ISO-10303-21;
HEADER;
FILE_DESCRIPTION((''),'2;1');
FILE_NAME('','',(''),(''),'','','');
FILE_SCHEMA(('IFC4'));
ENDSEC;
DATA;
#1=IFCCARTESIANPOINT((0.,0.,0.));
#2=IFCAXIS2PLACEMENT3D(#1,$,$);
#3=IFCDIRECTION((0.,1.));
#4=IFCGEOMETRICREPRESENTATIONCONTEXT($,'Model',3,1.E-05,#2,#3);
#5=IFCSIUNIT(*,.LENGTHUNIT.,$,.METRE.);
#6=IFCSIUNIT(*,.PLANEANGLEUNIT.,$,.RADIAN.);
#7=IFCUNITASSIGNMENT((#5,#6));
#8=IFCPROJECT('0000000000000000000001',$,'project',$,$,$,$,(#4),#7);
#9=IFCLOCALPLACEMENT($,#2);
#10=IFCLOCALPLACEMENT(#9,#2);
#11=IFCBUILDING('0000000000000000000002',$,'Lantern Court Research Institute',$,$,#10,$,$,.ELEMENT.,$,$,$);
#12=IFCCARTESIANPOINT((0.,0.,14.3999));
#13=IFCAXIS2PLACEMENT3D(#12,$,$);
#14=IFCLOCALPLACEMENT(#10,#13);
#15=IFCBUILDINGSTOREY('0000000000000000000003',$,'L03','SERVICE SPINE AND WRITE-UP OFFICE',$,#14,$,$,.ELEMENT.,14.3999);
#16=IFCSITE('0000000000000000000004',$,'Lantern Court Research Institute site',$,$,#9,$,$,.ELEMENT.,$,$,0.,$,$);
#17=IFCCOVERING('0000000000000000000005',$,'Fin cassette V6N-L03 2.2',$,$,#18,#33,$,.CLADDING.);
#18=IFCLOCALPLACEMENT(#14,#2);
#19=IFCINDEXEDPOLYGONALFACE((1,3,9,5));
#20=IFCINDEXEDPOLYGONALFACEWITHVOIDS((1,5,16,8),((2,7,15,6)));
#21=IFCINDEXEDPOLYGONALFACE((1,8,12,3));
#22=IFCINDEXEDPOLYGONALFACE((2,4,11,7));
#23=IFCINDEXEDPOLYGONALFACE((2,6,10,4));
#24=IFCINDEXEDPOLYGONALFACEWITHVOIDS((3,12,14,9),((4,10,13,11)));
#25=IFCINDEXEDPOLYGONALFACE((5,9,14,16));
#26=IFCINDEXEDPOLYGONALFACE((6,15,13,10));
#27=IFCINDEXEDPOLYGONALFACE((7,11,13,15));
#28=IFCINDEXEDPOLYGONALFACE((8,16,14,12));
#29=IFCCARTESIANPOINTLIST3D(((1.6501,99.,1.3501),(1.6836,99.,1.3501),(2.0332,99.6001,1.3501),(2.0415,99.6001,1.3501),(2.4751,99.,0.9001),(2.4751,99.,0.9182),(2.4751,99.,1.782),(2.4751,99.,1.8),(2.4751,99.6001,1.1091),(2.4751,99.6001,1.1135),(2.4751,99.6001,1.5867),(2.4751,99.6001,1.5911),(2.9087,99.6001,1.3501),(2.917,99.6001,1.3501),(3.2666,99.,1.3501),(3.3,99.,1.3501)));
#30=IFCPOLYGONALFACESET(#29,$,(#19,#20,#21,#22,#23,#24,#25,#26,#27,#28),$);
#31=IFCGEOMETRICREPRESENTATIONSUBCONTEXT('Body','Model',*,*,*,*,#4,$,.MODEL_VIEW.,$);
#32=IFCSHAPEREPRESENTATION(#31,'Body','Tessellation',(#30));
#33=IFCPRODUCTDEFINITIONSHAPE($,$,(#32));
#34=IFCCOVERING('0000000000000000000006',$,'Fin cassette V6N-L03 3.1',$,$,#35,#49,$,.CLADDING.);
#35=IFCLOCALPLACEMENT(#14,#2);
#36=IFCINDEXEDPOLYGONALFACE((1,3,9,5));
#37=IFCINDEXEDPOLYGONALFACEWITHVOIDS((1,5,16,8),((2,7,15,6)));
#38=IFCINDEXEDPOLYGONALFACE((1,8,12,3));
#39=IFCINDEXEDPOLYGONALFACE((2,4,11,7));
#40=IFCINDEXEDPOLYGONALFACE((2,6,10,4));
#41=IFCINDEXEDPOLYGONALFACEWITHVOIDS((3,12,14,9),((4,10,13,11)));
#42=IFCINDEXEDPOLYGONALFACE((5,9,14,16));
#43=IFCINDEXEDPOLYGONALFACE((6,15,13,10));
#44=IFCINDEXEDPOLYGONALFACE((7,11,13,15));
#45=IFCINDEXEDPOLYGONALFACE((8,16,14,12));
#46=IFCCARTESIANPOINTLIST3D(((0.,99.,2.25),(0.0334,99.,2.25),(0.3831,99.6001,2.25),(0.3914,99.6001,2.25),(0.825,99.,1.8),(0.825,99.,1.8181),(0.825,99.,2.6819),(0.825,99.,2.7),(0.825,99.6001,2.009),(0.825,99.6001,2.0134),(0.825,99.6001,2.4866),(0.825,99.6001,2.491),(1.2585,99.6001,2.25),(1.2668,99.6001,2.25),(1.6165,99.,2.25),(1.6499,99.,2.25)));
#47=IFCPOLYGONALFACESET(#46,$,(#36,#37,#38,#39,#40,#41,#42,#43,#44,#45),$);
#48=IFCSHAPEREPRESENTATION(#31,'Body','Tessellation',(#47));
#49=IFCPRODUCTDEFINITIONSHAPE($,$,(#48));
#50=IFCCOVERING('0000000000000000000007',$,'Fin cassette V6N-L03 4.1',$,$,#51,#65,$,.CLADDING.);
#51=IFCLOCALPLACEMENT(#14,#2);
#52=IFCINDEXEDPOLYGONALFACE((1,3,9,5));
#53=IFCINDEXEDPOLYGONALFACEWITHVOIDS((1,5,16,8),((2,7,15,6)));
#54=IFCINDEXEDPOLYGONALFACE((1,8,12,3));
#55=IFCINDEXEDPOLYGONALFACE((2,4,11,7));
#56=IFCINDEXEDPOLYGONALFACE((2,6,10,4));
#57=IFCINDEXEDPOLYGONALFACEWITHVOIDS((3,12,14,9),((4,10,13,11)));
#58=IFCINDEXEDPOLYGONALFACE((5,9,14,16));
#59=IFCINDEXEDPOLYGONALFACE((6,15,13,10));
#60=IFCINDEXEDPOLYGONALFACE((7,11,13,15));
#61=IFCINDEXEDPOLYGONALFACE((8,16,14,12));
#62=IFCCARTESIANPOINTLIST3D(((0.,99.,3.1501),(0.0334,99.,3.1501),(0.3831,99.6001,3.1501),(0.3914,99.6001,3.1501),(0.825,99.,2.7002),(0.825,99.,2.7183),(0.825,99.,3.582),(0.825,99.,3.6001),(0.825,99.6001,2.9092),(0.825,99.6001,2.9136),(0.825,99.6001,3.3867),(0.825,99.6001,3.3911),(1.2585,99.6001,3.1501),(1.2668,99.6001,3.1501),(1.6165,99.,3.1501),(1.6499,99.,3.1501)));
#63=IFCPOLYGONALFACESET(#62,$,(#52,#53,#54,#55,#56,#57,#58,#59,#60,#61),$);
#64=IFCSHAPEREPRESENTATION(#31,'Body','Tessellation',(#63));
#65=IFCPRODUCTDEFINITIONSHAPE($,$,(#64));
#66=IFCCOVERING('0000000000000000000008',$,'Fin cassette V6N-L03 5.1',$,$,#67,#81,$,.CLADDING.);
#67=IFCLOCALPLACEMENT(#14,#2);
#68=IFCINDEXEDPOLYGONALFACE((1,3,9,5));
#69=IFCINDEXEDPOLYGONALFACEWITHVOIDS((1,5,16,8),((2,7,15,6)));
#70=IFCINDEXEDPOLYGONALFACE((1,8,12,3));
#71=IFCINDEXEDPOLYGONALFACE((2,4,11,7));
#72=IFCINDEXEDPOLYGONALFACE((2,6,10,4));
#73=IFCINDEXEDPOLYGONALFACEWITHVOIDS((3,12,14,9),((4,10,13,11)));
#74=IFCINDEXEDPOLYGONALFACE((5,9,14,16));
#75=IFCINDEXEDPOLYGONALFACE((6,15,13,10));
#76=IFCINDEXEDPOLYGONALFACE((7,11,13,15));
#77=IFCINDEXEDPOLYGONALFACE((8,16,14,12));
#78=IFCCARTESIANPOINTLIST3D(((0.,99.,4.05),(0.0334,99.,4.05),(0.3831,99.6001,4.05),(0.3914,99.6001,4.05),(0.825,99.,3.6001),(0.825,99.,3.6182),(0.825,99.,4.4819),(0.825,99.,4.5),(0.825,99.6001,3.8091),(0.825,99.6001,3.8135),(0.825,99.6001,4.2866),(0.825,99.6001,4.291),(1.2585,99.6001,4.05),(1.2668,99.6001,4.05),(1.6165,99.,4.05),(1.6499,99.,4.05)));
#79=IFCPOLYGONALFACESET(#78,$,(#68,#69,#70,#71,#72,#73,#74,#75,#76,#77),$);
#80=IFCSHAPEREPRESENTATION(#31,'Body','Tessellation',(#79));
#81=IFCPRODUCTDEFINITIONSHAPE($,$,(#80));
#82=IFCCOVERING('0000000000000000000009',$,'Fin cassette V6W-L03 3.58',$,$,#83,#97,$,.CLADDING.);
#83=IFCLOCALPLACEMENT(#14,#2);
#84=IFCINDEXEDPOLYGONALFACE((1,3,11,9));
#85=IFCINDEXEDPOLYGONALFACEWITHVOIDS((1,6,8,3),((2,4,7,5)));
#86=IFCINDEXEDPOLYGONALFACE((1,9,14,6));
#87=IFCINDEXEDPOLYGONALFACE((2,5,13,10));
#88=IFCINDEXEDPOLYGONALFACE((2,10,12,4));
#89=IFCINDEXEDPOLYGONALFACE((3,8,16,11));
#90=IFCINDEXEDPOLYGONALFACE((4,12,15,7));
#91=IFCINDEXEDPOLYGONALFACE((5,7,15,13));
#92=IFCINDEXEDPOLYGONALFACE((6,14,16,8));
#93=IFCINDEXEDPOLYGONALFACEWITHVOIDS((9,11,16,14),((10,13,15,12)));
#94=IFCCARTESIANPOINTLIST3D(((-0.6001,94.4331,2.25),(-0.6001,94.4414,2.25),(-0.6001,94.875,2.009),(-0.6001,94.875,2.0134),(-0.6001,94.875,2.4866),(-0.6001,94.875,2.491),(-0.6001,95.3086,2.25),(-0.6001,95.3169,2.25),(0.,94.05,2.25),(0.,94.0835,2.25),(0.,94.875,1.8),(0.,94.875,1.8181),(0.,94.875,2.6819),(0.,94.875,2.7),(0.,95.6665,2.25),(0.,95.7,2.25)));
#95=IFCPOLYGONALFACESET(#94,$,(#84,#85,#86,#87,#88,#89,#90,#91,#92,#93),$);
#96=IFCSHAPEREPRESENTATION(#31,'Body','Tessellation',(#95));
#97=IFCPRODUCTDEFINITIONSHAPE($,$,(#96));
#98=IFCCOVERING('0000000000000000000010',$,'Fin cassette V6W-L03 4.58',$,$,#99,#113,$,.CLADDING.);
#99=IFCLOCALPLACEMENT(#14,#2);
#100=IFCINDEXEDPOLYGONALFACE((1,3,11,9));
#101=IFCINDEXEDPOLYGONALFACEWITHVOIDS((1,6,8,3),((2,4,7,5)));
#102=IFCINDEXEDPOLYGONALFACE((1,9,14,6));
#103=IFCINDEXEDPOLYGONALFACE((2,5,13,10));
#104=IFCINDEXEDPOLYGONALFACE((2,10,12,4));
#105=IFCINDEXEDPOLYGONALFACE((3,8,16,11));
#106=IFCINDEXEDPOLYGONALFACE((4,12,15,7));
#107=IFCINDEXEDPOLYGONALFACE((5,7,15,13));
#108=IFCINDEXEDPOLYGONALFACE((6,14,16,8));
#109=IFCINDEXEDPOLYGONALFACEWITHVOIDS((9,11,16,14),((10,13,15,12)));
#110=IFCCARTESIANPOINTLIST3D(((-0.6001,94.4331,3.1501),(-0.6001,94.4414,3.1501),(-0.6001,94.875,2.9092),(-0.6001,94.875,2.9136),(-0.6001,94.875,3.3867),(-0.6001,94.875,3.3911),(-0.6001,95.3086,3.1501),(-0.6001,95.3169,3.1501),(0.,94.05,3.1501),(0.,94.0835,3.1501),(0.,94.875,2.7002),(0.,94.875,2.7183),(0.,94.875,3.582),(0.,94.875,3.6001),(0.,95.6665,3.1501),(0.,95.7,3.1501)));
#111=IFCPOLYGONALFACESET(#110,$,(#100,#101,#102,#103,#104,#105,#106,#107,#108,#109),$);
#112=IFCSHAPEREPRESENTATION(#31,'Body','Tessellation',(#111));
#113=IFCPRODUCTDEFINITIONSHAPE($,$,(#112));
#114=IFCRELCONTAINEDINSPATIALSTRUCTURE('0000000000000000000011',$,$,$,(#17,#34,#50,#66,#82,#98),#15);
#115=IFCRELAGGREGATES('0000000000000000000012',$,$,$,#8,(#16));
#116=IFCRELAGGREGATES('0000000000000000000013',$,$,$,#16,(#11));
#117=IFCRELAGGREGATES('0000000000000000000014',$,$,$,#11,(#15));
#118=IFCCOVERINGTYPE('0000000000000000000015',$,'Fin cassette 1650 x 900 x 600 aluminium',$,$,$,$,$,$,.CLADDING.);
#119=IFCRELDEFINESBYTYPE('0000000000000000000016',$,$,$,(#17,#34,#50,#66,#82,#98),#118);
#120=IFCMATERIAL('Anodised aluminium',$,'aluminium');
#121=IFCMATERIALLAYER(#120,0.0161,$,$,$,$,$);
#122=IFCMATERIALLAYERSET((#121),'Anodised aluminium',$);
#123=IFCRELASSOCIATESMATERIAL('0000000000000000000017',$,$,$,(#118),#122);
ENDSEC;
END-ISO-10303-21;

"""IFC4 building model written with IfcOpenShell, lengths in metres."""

from ifc_helpers import new_model, entity, si_unit, direction, frame, origin, place, context, subcontext, project, spatial, material, layer, layer_set, type_object, element, save


model = new_model("IFC4")

# Units and contexts
model_context = context("Model", 3, precision=1e-05, world=origin(), true_north=direction((0.0, 1.0)))
body_context = subcontext(model_context, "Body", "Model", "MODEL_VIEW")
ifc_project = project(units=[si_unit("LENGTHUNIT", "METRE"), si_unit("PLANEANGLEUNIT", "RADIAN")], contexts=[model_context])

# Site, building, storey
site_placement = place(None, origin())
site = spatial("IfcSite", under=ifc_project, at=site_placement, Name="Lantern Court Research Institute site", CompositionType="ELEMENT", RefElevation=0.0)
building_placement = place(site_placement, origin())
building = spatial("IfcBuilding", under=site, at=building_placement, Name="Lantern Court Research Institute", CompositionType="ELEMENT")
storey_placement = place(building_placement, frame((0.0, 0.0, 14.3999)))
storey = spatial("IfcBuildingStorey", under=building, at=storey_placement, Name="L03", Description="SERVICE SPINE AND WRITE-UP OFFICE", CompositionType="ELEMENT", Elevation=14.3999)

# Coverings
ifc_material_1 = material(Name="Anodised aluminium", Category="aluminium")
ifc_layer_1 = layer(ifc_material_1, 0.0161)
ifc_layer_set_1 = layer_set([ifc_layer_1], Name="Anodised aluminium")
covering_type = type_object("IfcCoveringType", Name="Fin cassette 1650 x 900 x 600 aluminium", PredefinedType="CLADDING", material=ifc_layer_set_1)
covering_1_placement = place(storey_placement, frame((2.4751, 99.0, 1.3501), z_axis=(0.0, 1.0, 0.0), x_axis=(-1.0, 0.0, 0.0)))
cartesian_point_1 = entity("IfcCartesianPoint", [0.825, 0.0])
cartesian_point_2 = entity("IfcCartesianPoint", [0.7915, 0.0])
cartesian_point_3 = entity("IfcCartesianPoint", [0.4419, 0.0])
cartesian_point_4 = entity("IfcCartesianPoint", [0.4336, 0.0])
element("IfcCovering", 1, at=covering_1_placement, inside=storey, type_object=covering_type, Name="Fin cassette V6N-L03 2.2", PredefinedType="CLADDING", context=body_context, shape_type="SweptSolid", body=[
    entity("IfcExtrudedAreaSolidTapered", entity("IfcArbitraryProfileDefWithVoids", "AREA", None, entity("IfcPolyline", [cartesian_point_1, entity("IfcCartesianPoint", [0.0, 0.45]), entity("IfcCartesianPoint", [-0.825, 0.0]), entity("IfcCartesianPoint", [0.0, -0.45]), cartesian_point_1]), [entity("IfcPolyline", [cartesian_point_2, entity("IfcCartesianPoint", [0.0, 0.4319]), entity("IfcCartesianPoint", [-0.7915, 0.0]), entity("IfcCartesianPoint", [0.0, -0.4319]), cartesian_point_2])]), entity("IfcAxis2Placement3D", entity("IfcCartesianPoint", [0.0, 0.0, 0.0])), entity("IfcDirection", [0.0, 0.0, 1.0]), 0.6001, entity("IfcArbitraryProfileDefWithVoids", "AREA", None, entity("IfcPolyline", [cartesian_point_3, entity("IfcCartesianPoint", [0.0, 0.241]), entity("IfcCartesianPoint", [-0.4419, 0.0]), entity("IfcCartesianPoint", [0.0, -0.241]), cartesian_point_3]), [entity("IfcPolyline", [cartesian_point_4, entity("IfcCartesianPoint", [0.0, 0.2366]), entity("IfcCartesianPoint", [-0.4336, 0.0]), entity("IfcCartesianPoint", [0.0, -0.2366]), cartesian_point_4])])),
])
covering_2_placement = place(storey_placement, frame((0.825, 99.0, 2.25), z_axis=(0.0, 1.0, 0.0), x_axis=(-1.0, 0.0, 0.0)))
cartesian_point_5 = entity("IfcCartesianPoint", [0.825, 0.0])
cartesian_point_6 = entity("IfcCartesianPoint", [0.7915, 0.0])
cartesian_point_7 = entity("IfcCartesianPoint", [0.4419, 0.0])
cartesian_point_8 = entity("IfcCartesianPoint", [0.4336, 0.0])
element("IfcCovering", 2, at=covering_2_placement, inside=storey, type_object=covering_type, Name="Fin cassette V6N-L03 3.1", PredefinedType="CLADDING", context=body_context, shape_type="SweptSolid", body=[
    entity("IfcExtrudedAreaSolidTapered", entity("IfcArbitraryProfileDefWithVoids", "AREA", None, entity("IfcPolyline", [cartesian_point_5, entity("IfcCartesianPoint", [0.0, 0.45]), entity("IfcCartesianPoint", [-0.825, 0.0]), entity("IfcCartesianPoint", [0.0, -0.45]), cartesian_point_5]), [entity("IfcPolyline", [cartesian_point_6, entity("IfcCartesianPoint", [0.0, 0.4319]), entity("IfcCartesianPoint", [-0.7915, 0.0]), entity("IfcCartesianPoint", [0.0, -0.4319]), cartesian_point_6])]), entity("IfcAxis2Placement3D", entity("IfcCartesianPoint", [0.0, 0.0, 0.0])), entity("IfcDirection", [0.0, 0.0, 1.0]), 0.6001, entity("IfcArbitraryProfileDefWithVoids", "AREA", None, entity("IfcPolyline", [cartesian_point_7, entity("IfcCartesianPoint", [0.0, 0.241]), entity("IfcCartesianPoint", [-0.4419, 0.0]), entity("IfcCartesianPoint", [0.0, -0.241]), cartesian_point_7]), [entity("IfcPolyline", [cartesian_point_8, entity("IfcCartesianPoint", [0.0, 0.2366]), entity("IfcCartesianPoint", [-0.4336, 0.0]), entity("IfcCartesianPoint", [0.0, -0.2366]), cartesian_point_8])])),
])
covering_3_placement = place(storey_placement, frame((0.825, 99.0, 3.1501), z_axis=(0.0, 1.0, 0.0), x_axis=(-1.0, 0.0, 0.0)))
cartesian_point_9 = entity("IfcCartesianPoint", [0.825, 0.0])
cartesian_point_10 = entity("IfcCartesianPoint", [0.7915, 0.0])
cartesian_point_11 = entity("IfcCartesianPoint", [0.4419, 0.0])
cartesian_point_12 = entity("IfcCartesianPoint", [0.4336, 0.0])
element("IfcCovering", 3, at=covering_3_placement, inside=storey, type_object=covering_type, Name="Fin cassette V6N-L03 4.1", PredefinedType="CLADDING", context=body_context, shape_type="SweptSolid", body=[
    entity("IfcExtrudedAreaSolidTapered", entity("IfcArbitraryProfileDefWithVoids", "AREA", None, entity("IfcPolyline", [cartesian_point_9, entity("IfcCartesianPoint", [0.0, 0.45]), entity("IfcCartesianPoint", [-0.825, 0.0]), entity("IfcCartesianPoint", [0.0, -0.45]), cartesian_point_9]), [entity("IfcPolyline", [cartesian_point_10, entity("IfcCartesianPoint", [0.0, 0.4319]), entity("IfcCartesianPoint", [-0.7915, 0.0]), entity("IfcCartesianPoint", [0.0, -0.4319]), cartesian_point_10])]), entity("IfcAxis2Placement3D", entity("IfcCartesianPoint", [0.0, 0.0, 0.0])), entity("IfcDirection", [0.0, 0.0, 1.0]), 0.6001, entity("IfcArbitraryProfileDefWithVoids", "AREA", None, entity("IfcPolyline", [cartesian_point_11, entity("IfcCartesianPoint", [0.0, 0.241]), entity("IfcCartesianPoint", [-0.4419, 0.0]), entity("IfcCartesianPoint", [0.0, -0.241]), cartesian_point_11]), [entity("IfcPolyline", [cartesian_point_12, entity("IfcCartesianPoint", [0.0, 0.2366]), entity("IfcCartesianPoint", [-0.4336, 0.0]), entity("IfcCartesianPoint", [0.0, -0.2366]), cartesian_point_12])])),
])
covering_4_placement = place(storey_placement, frame((0.825, 99.0, 4.05), z_axis=(0.0, 1.0, 0.0), x_axis=(-1.0, 0.0, 0.0)))
cartesian_point_13 = entity("IfcCartesianPoint", [0.825, 0.0])
cartesian_point_14 = entity("IfcCartesianPoint", [0.7915, 0.0])
cartesian_point_15 = entity("IfcCartesianPoint", [0.4419, 0.0])
cartesian_point_16 = entity("IfcCartesianPoint", [0.4336, 0.0])
element("IfcCovering", 4, at=covering_4_placement, inside=storey, type_object=covering_type, Name="Fin cassette V6N-L03 5.1", PredefinedType="CLADDING", context=body_context, shape_type="SweptSolid", body=[
    entity("IfcExtrudedAreaSolidTapered", entity("IfcArbitraryProfileDefWithVoids", "AREA", None, entity("IfcPolyline", [cartesian_point_13, entity("IfcCartesianPoint", [0.0, 0.45]), entity("IfcCartesianPoint", [-0.825, 0.0]), entity("IfcCartesianPoint", [0.0, -0.45]), cartesian_point_13]), [entity("IfcPolyline", [cartesian_point_14, entity("IfcCartesianPoint", [0.0, 0.4319]), entity("IfcCartesianPoint", [-0.7915, 0.0]), entity("IfcCartesianPoint", [0.0, -0.4319]), cartesian_point_14])]), entity("IfcAxis2Placement3D", entity("IfcCartesianPoint", [0.0, 0.0, 0.0])), entity("IfcDirection", [0.0, 0.0, 1.0]), 0.6001, entity("IfcArbitraryProfileDefWithVoids", "AREA", None, entity("IfcPolyline", [cartesian_point_15, entity("IfcCartesianPoint", [0.0, 0.241]), entity("IfcCartesianPoint", [-0.4419, 0.0]), entity("IfcCartesianPoint", [0.0, -0.241]), cartesian_point_15]), [entity("IfcPolyline", [cartesian_point_16, entity("IfcCartesianPoint", [0.0, 0.2366]), entity("IfcCartesianPoint", [-0.4336, 0.0]), entity("IfcCartesianPoint", [0.0, -0.2366]), cartesian_point_16])])),
])
covering_5_placement = place(storey_placement, frame((0.0, 94.875, 2.25), z_axis=(-1.0, 0.0, 0.0), x_axis=(0.0, -1.0, 0.0)))
cartesian_point_17 = entity("IfcCartesianPoint", [0.825, 0.0])
cartesian_point_18 = entity("IfcCartesianPoint", [0.7915, 0.0])
cartesian_point_19 = entity("IfcCartesianPoint", [0.4419, 0.0])
cartesian_point_20 = entity("IfcCartesianPoint", [0.4336, 0.0])
element("IfcCovering", 5, at=covering_5_placement, inside=storey, type_object=covering_type, Name="Fin cassette V6W-L03 3.58", PredefinedType="CLADDING", context=body_context, shape_type="SweptSolid", body=[
    entity("IfcExtrudedAreaSolidTapered", entity("IfcArbitraryProfileDefWithVoids", "AREA", None, entity("IfcPolyline", [cartesian_point_17, entity("IfcCartesianPoint", [0.0, 0.45]), entity("IfcCartesianPoint", [-0.825, 0.0]), entity("IfcCartesianPoint", [0.0, -0.45]), cartesian_point_17]), [entity("IfcPolyline", [cartesian_point_18, entity("IfcCartesianPoint", [0.0, 0.4319]), entity("IfcCartesianPoint", [-0.7915, 0.0]), entity("IfcCartesianPoint", [0.0, -0.4319]), cartesian_point_18])]), entity("IfcAxis2Placement3D", entity("IfcCartesianPoint", [0.0, 0.0, 0.0])), entity("IfcDirection", [0.0, 0.0, 1.0]), 0.6001, entity("IfcArbitraryProfileDefWithVoids", "AREA", None, entity("IfcPolyline", [cartesian_point_19, entity("IfcCartesianPoint", [0.0, 0.241]), entity("IfcCartesianPoint", [-0.4419, 0.0]), entity("IfcCartesianPoint", [0.0, -0.241]), cartesian_point_19]), [entity("IfcPolyline", [cartesian_point_20, entity("IfcCartesianPoint", [0.0, 0.2366]), entity("IfcCartesianPoint", [-0.4336, 0.0]), entity("IfcCartesianPoint", [0.0, -0.2366]), cartesian_point_20])])),
])
covering_6_placement = place(storey_placement, frame((0.0, 94.875, 3.1501), z_axis=(-1.0, 0.0, 0.0), x_axis=(0.0, -1.0, 0.0)))
cartesian_point_21 = entity("IfcCartesianPoint", [0.825, 0.0])
cartesian_point_22 = entity("IfcCartesianPoint", [0.7915, 0.0])
cartesian_point_23 = entity("IfcCartesianPoint", [0.4419, 0.0])
cartesian_point_24 = entity("IfcCartesianPoint", [0.4336, 0.0])
element("IfcCovering", 6, at=covering_6_placement, inside=storey, type_object=covering_type, Name="Fin cassette V6W-L03 4.58", PredefinedType="CLADDING", context=body_context, shape_type="SweptSolid", body=[
    entity("IfcExtrudedAreaSolidTapered", entity("IfcArbitraryProfileDefWithVoids", "AREA", None, entity("IfcPolyline", [cartesian_point_21, entity("IfcCartesianPoint", [0.0, 0.45]), entity("IfcCartesianPoint", [-0.825, 0.0]), entity("IfcCartesianPoint", [0.0, -0.45]), cartesian_point_21]), [entity("IfcPolyline", [cartesian_point_22, entity("IfcCartesianPoint", [0.0, 0.4319]), entity("IfcCartesianPoint", [-0.7915, 0.0]), entity("IfcCartesianPoint", [0.0, -0.4319]), cartesian_point_22])]), entity("IfcAxis2Placement3D", entity("IfcCartesianPoint", [0.0, 0.0, 0.0])), entity("IfcDirection", [0.0, 0.0, 1.0]), 0.6001, entity("IfcArbitraryProfileDefWithVoids", "AREA", None, entity("IfcPolyline", [cartesian_point_23, entity("IfcCartesianPoint", [0.0, 0.241]), entity("IfcCartesianPoint", [-0.4419, 0.0]), entity("IfcCartesianPoint", [0.0, -0.241]), cartesian_point_23]), [entity("IfcPolyline", [cartesian_point_24, entity("IfcCartesianPoint", [0.0, 0.2366]), entity("IfcCartesianPoint", [-0.4336, 0.0]), entity("IfcCartesianPoint", [0.0, -0.2366]), cartesian_point_24])])),
])

save(model, "model.ifc")
